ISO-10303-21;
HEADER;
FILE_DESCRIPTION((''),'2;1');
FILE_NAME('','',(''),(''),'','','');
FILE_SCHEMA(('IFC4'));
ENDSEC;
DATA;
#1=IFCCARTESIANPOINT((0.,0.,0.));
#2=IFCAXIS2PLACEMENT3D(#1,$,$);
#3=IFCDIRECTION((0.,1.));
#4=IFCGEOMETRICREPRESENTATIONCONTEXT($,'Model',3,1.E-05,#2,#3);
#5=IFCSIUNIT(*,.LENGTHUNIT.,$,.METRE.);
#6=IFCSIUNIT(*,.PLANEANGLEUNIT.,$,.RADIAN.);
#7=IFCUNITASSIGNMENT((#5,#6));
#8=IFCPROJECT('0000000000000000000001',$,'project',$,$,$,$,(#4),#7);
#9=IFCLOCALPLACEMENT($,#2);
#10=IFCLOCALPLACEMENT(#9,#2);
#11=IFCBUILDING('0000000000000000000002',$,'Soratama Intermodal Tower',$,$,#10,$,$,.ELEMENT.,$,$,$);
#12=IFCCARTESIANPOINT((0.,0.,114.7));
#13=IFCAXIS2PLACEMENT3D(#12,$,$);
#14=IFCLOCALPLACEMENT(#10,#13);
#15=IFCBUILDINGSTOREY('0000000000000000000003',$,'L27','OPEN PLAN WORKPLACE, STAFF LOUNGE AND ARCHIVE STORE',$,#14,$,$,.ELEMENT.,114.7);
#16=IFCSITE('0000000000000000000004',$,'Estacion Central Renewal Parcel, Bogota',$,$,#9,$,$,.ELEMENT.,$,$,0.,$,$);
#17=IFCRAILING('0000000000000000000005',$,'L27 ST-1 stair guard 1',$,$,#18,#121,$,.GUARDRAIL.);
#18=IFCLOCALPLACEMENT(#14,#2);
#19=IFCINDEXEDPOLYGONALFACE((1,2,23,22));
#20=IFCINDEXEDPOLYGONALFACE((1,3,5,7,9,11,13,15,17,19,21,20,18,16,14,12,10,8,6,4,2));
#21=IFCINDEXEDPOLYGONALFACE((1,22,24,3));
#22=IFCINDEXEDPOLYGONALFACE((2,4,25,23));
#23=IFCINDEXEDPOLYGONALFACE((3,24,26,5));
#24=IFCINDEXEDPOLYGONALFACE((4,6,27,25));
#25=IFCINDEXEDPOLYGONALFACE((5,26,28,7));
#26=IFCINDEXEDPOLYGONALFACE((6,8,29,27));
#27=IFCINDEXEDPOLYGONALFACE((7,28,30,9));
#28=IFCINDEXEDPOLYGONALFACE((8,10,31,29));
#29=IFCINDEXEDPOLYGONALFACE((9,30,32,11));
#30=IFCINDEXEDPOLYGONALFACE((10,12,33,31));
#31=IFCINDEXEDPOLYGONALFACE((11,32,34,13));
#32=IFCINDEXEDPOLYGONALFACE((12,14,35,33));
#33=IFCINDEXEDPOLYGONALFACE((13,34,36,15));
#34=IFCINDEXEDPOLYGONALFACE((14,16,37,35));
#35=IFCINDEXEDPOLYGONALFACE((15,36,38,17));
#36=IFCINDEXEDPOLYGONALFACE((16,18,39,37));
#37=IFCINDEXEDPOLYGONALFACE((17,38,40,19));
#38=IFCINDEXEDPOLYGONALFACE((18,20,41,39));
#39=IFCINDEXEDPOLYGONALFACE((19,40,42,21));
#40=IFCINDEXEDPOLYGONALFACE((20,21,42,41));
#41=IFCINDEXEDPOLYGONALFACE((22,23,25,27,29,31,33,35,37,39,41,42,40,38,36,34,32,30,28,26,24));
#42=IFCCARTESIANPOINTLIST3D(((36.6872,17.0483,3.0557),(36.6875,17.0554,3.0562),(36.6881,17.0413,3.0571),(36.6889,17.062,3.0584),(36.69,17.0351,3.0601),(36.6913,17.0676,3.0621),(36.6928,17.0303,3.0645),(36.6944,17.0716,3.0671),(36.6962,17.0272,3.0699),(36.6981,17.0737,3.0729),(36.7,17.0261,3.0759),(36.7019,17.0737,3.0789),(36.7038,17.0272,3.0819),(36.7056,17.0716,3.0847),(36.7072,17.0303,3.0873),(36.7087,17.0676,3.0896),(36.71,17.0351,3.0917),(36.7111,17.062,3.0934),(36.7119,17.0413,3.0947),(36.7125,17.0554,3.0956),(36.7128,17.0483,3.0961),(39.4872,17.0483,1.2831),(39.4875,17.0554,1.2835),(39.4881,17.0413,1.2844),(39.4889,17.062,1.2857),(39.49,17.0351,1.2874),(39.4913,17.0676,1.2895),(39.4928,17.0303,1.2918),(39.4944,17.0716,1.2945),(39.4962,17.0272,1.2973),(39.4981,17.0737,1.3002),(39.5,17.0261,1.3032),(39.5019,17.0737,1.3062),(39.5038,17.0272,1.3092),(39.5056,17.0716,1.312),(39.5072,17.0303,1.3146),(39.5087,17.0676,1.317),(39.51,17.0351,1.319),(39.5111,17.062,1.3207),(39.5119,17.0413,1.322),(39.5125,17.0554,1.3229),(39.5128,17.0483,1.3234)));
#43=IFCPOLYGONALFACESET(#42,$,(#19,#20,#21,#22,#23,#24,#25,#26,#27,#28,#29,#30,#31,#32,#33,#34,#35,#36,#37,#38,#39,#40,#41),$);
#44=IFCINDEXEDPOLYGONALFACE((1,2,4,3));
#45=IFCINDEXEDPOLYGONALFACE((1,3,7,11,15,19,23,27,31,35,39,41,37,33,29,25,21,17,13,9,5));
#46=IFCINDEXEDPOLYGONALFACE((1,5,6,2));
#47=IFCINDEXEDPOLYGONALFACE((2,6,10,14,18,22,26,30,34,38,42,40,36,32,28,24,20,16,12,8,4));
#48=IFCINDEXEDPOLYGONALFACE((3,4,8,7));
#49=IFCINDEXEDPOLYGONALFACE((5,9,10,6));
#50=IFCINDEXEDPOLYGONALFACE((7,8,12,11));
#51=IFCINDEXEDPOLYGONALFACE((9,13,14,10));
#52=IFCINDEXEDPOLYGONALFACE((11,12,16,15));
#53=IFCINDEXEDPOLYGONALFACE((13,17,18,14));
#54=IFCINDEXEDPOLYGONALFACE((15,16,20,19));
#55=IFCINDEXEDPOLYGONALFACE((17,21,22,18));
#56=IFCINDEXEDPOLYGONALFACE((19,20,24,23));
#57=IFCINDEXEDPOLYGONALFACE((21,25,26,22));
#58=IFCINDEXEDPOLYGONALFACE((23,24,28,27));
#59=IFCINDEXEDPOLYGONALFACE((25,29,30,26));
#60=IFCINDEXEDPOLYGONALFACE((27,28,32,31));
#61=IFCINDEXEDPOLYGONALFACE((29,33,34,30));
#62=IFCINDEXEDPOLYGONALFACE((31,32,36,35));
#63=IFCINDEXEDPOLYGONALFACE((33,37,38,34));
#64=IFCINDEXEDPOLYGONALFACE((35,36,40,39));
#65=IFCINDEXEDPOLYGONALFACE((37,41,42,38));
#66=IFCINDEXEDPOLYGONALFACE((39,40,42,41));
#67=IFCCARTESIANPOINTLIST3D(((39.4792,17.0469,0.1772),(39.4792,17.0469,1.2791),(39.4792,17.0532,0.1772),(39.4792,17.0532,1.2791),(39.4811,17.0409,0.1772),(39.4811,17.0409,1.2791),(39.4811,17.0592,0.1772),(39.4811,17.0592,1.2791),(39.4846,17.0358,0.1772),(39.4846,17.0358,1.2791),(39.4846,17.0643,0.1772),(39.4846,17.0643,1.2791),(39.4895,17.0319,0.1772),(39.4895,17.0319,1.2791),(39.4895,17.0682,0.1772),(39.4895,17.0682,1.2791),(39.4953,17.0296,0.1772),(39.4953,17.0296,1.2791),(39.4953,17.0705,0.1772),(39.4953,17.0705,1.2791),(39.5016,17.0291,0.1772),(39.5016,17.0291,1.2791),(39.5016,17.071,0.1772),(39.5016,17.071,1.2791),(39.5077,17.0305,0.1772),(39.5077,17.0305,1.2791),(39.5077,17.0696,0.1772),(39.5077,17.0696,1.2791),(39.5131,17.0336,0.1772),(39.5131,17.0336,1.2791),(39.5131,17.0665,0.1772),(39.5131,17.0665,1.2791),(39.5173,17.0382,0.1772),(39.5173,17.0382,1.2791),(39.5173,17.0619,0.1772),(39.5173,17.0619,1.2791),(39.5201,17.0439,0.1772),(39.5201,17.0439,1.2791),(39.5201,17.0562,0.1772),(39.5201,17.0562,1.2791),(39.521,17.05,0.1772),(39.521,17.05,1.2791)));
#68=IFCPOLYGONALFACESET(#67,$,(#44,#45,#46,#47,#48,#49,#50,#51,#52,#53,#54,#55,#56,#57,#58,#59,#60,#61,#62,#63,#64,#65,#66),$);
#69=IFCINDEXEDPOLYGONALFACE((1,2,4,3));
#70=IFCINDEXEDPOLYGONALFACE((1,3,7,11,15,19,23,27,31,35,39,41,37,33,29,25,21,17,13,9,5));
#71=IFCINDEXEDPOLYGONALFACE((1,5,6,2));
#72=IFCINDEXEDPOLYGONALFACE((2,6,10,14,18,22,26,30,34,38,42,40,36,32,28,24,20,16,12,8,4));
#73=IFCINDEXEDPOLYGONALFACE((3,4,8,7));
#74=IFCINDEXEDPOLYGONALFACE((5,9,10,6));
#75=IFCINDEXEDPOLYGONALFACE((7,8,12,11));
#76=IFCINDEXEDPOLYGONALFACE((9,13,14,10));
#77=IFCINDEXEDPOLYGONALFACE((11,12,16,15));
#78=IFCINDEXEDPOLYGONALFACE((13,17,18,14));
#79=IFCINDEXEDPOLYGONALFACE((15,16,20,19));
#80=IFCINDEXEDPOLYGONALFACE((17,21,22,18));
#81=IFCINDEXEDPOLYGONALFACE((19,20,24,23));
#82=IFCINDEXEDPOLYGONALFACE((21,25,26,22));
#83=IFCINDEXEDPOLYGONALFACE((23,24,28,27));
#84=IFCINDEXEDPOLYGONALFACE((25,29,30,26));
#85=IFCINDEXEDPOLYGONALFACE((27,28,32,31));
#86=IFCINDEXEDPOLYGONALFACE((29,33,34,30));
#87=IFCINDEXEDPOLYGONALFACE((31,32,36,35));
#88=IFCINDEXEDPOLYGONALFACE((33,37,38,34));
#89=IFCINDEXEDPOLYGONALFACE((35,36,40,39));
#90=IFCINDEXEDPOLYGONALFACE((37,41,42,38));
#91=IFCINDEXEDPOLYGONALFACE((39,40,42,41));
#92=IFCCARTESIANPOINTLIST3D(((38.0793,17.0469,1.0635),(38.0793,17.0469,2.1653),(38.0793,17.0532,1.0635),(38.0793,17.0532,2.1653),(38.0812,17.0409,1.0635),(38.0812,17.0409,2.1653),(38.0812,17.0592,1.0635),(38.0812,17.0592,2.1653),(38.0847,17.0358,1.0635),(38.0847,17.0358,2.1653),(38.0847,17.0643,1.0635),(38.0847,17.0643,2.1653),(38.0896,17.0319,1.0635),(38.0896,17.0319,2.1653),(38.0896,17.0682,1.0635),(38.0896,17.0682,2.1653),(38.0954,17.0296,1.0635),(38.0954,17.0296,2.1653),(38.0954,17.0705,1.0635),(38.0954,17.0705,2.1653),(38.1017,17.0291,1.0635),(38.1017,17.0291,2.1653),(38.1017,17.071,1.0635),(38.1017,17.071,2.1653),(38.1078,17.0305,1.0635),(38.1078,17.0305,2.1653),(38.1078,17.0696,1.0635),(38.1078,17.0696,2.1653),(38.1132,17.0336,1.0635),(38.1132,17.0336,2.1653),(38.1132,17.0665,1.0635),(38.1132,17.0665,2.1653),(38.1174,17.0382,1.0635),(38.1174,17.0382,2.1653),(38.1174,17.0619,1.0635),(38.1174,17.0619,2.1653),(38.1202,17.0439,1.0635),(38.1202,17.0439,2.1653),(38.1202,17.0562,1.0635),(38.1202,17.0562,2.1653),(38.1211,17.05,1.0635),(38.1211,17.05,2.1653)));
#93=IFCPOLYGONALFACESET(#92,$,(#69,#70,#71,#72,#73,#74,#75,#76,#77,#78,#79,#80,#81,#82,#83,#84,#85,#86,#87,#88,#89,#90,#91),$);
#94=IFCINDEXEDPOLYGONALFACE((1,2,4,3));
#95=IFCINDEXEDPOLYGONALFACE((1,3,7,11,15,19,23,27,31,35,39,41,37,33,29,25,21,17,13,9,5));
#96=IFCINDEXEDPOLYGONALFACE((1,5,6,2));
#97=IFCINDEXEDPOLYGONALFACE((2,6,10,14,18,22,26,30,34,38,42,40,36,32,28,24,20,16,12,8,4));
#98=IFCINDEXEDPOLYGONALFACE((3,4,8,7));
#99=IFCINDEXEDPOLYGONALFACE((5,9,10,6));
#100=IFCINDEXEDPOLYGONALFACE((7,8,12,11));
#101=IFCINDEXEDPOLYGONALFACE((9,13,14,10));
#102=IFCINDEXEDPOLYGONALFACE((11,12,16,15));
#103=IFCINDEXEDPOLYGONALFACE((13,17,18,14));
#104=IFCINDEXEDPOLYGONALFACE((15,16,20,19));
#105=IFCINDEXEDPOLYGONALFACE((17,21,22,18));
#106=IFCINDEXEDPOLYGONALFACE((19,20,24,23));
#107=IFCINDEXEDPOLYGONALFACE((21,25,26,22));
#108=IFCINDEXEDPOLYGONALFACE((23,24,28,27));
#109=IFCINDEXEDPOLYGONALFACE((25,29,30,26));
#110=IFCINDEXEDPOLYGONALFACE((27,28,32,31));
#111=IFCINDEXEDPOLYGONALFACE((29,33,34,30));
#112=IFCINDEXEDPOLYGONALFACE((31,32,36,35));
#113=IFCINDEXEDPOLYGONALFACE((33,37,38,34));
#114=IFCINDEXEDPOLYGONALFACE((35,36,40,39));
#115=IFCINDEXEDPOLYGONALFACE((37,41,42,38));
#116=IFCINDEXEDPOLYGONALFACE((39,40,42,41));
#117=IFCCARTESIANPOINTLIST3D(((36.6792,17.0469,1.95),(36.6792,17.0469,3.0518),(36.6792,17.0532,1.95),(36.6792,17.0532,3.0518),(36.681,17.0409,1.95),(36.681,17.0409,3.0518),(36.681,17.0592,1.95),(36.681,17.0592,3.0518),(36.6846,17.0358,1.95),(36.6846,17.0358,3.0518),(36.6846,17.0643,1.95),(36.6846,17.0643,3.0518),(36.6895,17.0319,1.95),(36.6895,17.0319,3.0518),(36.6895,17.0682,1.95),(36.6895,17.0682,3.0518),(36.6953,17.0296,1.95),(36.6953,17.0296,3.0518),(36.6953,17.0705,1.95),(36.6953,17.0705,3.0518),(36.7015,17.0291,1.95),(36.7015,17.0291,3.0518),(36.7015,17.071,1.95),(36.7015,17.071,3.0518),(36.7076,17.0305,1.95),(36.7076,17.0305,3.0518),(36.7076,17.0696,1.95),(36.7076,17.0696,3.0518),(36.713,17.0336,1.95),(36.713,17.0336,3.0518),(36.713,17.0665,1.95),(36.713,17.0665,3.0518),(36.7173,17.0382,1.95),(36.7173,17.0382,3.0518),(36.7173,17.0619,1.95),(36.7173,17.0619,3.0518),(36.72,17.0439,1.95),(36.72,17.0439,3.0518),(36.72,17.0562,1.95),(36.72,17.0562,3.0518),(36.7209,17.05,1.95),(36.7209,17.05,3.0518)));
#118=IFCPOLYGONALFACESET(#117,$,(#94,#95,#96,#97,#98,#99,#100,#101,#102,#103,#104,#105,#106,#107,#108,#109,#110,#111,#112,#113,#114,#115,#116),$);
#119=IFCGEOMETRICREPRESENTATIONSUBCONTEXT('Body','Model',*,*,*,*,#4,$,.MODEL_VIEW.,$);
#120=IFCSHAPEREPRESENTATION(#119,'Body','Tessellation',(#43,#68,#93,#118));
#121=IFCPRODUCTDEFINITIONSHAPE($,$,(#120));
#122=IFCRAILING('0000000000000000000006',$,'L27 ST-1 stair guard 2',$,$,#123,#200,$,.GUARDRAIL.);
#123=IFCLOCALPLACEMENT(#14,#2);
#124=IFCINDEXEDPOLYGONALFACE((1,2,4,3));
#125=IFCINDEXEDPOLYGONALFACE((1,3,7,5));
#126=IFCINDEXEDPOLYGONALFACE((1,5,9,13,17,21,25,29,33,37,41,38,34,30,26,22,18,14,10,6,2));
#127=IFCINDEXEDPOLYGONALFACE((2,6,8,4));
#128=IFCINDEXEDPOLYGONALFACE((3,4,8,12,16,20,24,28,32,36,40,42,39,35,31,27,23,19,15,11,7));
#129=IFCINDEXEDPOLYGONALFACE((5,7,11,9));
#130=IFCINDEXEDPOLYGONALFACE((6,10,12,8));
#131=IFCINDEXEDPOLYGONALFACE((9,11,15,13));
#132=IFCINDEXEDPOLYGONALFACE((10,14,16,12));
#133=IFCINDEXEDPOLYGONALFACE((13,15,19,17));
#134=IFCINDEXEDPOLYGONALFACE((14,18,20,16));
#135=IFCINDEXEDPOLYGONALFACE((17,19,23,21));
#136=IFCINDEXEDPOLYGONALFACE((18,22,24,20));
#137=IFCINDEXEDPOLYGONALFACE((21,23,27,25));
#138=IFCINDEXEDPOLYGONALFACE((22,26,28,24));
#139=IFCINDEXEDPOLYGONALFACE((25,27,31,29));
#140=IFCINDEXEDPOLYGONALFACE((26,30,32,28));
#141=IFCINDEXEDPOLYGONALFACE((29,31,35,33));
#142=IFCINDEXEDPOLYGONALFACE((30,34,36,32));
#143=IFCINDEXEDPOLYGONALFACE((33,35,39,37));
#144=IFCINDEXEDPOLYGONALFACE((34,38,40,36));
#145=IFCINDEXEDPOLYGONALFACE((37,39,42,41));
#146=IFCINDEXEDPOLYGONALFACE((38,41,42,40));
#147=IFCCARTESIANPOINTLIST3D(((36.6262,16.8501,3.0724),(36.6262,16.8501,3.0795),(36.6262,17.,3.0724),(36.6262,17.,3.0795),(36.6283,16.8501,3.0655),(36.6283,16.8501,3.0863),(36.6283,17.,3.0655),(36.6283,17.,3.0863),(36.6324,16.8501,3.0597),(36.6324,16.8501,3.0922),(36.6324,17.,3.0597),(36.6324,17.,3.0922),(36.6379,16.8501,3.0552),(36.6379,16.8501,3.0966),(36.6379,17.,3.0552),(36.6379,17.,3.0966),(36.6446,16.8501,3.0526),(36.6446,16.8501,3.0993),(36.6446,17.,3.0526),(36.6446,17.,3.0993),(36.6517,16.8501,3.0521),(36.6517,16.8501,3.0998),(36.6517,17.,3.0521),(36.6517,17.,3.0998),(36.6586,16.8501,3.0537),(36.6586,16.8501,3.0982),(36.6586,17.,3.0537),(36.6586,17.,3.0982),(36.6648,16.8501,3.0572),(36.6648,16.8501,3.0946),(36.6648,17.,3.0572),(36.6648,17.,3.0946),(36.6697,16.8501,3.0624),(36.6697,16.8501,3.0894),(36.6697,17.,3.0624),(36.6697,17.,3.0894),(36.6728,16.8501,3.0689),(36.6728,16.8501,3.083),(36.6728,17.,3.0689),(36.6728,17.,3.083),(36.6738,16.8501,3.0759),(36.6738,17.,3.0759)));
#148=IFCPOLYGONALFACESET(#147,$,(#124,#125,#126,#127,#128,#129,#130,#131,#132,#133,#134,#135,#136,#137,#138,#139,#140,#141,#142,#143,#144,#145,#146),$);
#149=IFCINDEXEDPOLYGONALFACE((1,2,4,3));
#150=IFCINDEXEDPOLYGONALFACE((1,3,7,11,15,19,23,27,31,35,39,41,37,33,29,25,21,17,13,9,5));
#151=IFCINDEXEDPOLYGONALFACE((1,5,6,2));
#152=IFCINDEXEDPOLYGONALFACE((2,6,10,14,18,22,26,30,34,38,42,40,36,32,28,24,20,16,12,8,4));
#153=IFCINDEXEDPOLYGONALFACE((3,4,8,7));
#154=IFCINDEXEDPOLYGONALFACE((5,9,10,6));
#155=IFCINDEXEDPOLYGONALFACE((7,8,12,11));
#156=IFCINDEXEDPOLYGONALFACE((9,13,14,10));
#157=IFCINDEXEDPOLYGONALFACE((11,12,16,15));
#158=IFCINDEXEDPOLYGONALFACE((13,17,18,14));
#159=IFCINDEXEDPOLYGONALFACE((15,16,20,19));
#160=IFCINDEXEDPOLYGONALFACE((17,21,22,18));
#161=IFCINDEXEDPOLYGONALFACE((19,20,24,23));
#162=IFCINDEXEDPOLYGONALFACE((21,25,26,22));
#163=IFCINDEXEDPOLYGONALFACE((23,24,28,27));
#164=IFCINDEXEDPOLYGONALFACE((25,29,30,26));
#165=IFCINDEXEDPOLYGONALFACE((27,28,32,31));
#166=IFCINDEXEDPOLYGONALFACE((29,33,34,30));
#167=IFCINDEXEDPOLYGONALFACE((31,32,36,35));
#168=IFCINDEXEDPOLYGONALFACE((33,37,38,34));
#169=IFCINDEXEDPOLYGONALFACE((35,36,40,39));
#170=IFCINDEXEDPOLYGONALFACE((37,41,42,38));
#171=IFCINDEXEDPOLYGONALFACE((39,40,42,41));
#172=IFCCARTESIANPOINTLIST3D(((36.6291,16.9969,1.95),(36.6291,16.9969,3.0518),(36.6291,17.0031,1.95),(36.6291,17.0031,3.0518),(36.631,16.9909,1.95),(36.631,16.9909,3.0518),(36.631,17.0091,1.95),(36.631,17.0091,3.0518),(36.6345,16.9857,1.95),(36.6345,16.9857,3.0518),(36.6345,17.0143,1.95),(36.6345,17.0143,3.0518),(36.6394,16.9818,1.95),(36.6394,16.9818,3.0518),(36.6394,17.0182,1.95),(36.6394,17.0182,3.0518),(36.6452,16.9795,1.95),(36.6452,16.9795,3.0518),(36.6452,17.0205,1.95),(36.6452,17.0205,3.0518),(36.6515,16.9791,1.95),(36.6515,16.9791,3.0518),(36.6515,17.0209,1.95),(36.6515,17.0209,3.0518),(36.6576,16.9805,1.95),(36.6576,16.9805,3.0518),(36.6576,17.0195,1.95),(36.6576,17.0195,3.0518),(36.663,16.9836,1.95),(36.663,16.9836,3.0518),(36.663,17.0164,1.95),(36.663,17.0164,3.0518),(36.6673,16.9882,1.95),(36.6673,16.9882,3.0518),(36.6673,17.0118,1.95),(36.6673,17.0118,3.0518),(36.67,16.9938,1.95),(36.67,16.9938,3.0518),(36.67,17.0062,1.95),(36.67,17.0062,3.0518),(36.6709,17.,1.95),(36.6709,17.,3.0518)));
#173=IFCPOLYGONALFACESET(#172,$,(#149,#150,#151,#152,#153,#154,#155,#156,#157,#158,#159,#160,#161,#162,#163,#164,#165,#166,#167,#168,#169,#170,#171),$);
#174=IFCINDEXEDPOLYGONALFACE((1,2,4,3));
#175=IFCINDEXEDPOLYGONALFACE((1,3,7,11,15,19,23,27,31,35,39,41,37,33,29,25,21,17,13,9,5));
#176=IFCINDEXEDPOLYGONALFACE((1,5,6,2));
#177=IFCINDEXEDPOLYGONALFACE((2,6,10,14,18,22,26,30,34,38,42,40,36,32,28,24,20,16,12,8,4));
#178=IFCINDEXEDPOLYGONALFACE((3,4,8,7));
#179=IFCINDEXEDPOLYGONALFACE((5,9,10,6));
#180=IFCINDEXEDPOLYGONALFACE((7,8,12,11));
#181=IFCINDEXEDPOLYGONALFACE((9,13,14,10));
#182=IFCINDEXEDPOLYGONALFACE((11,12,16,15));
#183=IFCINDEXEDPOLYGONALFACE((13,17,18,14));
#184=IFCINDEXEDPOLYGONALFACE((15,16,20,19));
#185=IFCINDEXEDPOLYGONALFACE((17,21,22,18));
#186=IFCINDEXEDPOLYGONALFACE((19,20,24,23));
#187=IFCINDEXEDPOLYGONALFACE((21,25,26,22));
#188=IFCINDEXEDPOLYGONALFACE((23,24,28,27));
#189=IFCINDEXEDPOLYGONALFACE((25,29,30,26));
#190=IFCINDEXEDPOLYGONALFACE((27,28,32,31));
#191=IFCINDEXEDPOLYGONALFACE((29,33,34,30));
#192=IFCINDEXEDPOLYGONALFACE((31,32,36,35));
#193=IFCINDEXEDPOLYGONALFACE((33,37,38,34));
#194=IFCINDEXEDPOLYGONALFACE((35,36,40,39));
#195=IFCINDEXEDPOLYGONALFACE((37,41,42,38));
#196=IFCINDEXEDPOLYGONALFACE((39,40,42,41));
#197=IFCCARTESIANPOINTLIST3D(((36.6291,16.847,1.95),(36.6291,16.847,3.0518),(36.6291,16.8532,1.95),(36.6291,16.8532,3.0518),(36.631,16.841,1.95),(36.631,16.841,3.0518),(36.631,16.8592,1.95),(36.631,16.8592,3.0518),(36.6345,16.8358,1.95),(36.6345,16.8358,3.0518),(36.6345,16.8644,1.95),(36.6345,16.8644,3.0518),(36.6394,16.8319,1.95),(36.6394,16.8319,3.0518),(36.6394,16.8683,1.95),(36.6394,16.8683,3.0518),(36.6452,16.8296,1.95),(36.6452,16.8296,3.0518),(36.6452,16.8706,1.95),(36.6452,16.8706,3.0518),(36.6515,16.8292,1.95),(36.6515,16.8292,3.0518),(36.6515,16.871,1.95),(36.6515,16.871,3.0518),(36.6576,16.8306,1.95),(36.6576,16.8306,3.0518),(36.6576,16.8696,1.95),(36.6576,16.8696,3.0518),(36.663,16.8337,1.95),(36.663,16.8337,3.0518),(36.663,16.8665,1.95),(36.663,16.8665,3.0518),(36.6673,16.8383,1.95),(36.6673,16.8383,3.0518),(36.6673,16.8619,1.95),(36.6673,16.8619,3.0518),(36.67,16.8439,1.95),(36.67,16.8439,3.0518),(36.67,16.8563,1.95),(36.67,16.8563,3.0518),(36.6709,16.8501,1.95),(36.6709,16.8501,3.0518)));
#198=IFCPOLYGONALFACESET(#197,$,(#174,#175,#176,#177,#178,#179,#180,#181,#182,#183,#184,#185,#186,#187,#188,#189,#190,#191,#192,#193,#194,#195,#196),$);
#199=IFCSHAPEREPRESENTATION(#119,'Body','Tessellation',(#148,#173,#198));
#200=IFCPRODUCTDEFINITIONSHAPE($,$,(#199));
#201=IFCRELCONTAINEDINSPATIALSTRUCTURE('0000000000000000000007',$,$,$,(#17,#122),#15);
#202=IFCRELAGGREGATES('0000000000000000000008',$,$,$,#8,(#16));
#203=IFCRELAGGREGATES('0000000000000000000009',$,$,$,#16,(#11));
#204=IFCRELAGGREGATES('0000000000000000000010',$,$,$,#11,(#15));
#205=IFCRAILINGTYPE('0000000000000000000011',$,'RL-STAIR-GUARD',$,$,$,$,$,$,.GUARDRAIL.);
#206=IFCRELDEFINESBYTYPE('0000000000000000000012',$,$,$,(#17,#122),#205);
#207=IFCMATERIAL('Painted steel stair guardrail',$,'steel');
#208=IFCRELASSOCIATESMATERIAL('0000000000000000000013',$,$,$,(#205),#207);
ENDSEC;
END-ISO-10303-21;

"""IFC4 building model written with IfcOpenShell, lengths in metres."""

from ifc_helpers import new_model, si_unit, direction, frame, origin, origin_2d, place, context, subcontext, project, spatial, circle, extrude, material, type_object, element, save


model = new_model("IFC4")

# Units and contexts
model_context = context("Model", 3, precision=1e-05, world=origin(), true_north=direction((0.0, 1.0)))
body_context = subcontext(model_context, "Body", "Model", "MODEL_VIEW")
ifc_project = project(units=[si_unit("LENGTHUNIT", "METRE"), si_unit("PLANEANGLEUNIT", "RADIAN")], contexts=[model_context])

# Site, building, storey
site_placement = place(None, origin())
site = spatial("IfcSite", under=ifc_project, at=site_placement, Name="Estacion Central Renewal Parcel, Bogota", CompositionType="ELEMENT", RefElevation=0.0)
building_placement = place(site_placement, origin())
building = spatial("IfcBuilding", under=site, at=building_placement, Name="Soratama Intermodal Tower", CompositionType="ELEMENT")
storey_placement = place(building_placement, frame((0.0, 0.0, 114.7)))
storey = spatial("IfcBuildingStorey", under=building, at=storey_placement, Name="L27", Description="OPEN PLAN WORKPLACE, STAFF LOUNGE AND ARCHIVE STORE", CompositionType="ELEMENT", Elevation=114.7)

# Railings
ifc_material_1 = material(Name="Painted steel stair guardrail", Category="steel")
railing_type_1 = type_object("IfcRailingType", Name="RL-STAIR-GUARD", PredefinedType="GUARDRAIL", material=ifc_material_1)
railing_1_placement = place(storey_placement, frame((39.5, 17.05, 0.1772)))
element("IfcRailing", 1, at=railing_1_placement, inside=storey, type_object=railing_type_1, Name="L27 ST-1 stair guard 1", PredefinedType="GUARDRAIL", context=body_context, shape_type="SweptSolid", body=[
    extrude(circle(Radius=0.0239, at=origin_2d()), frame((0.0, 0.0, 1.126), z_axis=(-0.844909, 0.0, 0.53491), x_axis=(0.0, -1.0, 0.0)), (0.0, 0.0, 1.0), 3.314),
    extrude(circle(Radius=0.021, at=origin_2d()), origin(), (0.0, 0.0, 1.0), 1.1018),
    extrude(circle(Radius=0.021, at=origin_2d()), frame((-1.3999, 0.0, 0.8862)), (0.0, 0.0, 1.0), 1.1018),
    extrude(circle(Radius=0.021, at=origin_2d()), frame((-2.8, 0.0, 1.7727)), (0.0, 0.0, 1.0), 1.1018),
])
railing_2_placement = place(storey_placement, frame((36.6499, 17.0, 1.95)))
element("IfcRailing", 2, at=railing_2_placement, inside=storey, type_object=railing_type_1, Name="L27 ST-1 stair guard 2", PredefinedType="GUARDRAIL", context=body_context, shape_type="SweptSolid", body=[
    extrude(circle(Radius=0.0239, at=origin_2d()), frame((0.0, 0.0, 1.126), z_axis=(0.0, -1.0, 0.0), x_axis=(1.0, 0.0, 0.0)), (0.0, 0.0, 1.0), 0.1499),
    extrude(circle(Radius=0.021, at=origin_2d()), origin(), (0.0, 0.0, 1.0), 1.1018),
    extrude(circle(Radius=0.021, at=origin_2d()), frame((0.0, -0.1499, 0.0)), (0.0, 0.0, 1.0), 1.1018),
])

save(model, "model.ifc")
